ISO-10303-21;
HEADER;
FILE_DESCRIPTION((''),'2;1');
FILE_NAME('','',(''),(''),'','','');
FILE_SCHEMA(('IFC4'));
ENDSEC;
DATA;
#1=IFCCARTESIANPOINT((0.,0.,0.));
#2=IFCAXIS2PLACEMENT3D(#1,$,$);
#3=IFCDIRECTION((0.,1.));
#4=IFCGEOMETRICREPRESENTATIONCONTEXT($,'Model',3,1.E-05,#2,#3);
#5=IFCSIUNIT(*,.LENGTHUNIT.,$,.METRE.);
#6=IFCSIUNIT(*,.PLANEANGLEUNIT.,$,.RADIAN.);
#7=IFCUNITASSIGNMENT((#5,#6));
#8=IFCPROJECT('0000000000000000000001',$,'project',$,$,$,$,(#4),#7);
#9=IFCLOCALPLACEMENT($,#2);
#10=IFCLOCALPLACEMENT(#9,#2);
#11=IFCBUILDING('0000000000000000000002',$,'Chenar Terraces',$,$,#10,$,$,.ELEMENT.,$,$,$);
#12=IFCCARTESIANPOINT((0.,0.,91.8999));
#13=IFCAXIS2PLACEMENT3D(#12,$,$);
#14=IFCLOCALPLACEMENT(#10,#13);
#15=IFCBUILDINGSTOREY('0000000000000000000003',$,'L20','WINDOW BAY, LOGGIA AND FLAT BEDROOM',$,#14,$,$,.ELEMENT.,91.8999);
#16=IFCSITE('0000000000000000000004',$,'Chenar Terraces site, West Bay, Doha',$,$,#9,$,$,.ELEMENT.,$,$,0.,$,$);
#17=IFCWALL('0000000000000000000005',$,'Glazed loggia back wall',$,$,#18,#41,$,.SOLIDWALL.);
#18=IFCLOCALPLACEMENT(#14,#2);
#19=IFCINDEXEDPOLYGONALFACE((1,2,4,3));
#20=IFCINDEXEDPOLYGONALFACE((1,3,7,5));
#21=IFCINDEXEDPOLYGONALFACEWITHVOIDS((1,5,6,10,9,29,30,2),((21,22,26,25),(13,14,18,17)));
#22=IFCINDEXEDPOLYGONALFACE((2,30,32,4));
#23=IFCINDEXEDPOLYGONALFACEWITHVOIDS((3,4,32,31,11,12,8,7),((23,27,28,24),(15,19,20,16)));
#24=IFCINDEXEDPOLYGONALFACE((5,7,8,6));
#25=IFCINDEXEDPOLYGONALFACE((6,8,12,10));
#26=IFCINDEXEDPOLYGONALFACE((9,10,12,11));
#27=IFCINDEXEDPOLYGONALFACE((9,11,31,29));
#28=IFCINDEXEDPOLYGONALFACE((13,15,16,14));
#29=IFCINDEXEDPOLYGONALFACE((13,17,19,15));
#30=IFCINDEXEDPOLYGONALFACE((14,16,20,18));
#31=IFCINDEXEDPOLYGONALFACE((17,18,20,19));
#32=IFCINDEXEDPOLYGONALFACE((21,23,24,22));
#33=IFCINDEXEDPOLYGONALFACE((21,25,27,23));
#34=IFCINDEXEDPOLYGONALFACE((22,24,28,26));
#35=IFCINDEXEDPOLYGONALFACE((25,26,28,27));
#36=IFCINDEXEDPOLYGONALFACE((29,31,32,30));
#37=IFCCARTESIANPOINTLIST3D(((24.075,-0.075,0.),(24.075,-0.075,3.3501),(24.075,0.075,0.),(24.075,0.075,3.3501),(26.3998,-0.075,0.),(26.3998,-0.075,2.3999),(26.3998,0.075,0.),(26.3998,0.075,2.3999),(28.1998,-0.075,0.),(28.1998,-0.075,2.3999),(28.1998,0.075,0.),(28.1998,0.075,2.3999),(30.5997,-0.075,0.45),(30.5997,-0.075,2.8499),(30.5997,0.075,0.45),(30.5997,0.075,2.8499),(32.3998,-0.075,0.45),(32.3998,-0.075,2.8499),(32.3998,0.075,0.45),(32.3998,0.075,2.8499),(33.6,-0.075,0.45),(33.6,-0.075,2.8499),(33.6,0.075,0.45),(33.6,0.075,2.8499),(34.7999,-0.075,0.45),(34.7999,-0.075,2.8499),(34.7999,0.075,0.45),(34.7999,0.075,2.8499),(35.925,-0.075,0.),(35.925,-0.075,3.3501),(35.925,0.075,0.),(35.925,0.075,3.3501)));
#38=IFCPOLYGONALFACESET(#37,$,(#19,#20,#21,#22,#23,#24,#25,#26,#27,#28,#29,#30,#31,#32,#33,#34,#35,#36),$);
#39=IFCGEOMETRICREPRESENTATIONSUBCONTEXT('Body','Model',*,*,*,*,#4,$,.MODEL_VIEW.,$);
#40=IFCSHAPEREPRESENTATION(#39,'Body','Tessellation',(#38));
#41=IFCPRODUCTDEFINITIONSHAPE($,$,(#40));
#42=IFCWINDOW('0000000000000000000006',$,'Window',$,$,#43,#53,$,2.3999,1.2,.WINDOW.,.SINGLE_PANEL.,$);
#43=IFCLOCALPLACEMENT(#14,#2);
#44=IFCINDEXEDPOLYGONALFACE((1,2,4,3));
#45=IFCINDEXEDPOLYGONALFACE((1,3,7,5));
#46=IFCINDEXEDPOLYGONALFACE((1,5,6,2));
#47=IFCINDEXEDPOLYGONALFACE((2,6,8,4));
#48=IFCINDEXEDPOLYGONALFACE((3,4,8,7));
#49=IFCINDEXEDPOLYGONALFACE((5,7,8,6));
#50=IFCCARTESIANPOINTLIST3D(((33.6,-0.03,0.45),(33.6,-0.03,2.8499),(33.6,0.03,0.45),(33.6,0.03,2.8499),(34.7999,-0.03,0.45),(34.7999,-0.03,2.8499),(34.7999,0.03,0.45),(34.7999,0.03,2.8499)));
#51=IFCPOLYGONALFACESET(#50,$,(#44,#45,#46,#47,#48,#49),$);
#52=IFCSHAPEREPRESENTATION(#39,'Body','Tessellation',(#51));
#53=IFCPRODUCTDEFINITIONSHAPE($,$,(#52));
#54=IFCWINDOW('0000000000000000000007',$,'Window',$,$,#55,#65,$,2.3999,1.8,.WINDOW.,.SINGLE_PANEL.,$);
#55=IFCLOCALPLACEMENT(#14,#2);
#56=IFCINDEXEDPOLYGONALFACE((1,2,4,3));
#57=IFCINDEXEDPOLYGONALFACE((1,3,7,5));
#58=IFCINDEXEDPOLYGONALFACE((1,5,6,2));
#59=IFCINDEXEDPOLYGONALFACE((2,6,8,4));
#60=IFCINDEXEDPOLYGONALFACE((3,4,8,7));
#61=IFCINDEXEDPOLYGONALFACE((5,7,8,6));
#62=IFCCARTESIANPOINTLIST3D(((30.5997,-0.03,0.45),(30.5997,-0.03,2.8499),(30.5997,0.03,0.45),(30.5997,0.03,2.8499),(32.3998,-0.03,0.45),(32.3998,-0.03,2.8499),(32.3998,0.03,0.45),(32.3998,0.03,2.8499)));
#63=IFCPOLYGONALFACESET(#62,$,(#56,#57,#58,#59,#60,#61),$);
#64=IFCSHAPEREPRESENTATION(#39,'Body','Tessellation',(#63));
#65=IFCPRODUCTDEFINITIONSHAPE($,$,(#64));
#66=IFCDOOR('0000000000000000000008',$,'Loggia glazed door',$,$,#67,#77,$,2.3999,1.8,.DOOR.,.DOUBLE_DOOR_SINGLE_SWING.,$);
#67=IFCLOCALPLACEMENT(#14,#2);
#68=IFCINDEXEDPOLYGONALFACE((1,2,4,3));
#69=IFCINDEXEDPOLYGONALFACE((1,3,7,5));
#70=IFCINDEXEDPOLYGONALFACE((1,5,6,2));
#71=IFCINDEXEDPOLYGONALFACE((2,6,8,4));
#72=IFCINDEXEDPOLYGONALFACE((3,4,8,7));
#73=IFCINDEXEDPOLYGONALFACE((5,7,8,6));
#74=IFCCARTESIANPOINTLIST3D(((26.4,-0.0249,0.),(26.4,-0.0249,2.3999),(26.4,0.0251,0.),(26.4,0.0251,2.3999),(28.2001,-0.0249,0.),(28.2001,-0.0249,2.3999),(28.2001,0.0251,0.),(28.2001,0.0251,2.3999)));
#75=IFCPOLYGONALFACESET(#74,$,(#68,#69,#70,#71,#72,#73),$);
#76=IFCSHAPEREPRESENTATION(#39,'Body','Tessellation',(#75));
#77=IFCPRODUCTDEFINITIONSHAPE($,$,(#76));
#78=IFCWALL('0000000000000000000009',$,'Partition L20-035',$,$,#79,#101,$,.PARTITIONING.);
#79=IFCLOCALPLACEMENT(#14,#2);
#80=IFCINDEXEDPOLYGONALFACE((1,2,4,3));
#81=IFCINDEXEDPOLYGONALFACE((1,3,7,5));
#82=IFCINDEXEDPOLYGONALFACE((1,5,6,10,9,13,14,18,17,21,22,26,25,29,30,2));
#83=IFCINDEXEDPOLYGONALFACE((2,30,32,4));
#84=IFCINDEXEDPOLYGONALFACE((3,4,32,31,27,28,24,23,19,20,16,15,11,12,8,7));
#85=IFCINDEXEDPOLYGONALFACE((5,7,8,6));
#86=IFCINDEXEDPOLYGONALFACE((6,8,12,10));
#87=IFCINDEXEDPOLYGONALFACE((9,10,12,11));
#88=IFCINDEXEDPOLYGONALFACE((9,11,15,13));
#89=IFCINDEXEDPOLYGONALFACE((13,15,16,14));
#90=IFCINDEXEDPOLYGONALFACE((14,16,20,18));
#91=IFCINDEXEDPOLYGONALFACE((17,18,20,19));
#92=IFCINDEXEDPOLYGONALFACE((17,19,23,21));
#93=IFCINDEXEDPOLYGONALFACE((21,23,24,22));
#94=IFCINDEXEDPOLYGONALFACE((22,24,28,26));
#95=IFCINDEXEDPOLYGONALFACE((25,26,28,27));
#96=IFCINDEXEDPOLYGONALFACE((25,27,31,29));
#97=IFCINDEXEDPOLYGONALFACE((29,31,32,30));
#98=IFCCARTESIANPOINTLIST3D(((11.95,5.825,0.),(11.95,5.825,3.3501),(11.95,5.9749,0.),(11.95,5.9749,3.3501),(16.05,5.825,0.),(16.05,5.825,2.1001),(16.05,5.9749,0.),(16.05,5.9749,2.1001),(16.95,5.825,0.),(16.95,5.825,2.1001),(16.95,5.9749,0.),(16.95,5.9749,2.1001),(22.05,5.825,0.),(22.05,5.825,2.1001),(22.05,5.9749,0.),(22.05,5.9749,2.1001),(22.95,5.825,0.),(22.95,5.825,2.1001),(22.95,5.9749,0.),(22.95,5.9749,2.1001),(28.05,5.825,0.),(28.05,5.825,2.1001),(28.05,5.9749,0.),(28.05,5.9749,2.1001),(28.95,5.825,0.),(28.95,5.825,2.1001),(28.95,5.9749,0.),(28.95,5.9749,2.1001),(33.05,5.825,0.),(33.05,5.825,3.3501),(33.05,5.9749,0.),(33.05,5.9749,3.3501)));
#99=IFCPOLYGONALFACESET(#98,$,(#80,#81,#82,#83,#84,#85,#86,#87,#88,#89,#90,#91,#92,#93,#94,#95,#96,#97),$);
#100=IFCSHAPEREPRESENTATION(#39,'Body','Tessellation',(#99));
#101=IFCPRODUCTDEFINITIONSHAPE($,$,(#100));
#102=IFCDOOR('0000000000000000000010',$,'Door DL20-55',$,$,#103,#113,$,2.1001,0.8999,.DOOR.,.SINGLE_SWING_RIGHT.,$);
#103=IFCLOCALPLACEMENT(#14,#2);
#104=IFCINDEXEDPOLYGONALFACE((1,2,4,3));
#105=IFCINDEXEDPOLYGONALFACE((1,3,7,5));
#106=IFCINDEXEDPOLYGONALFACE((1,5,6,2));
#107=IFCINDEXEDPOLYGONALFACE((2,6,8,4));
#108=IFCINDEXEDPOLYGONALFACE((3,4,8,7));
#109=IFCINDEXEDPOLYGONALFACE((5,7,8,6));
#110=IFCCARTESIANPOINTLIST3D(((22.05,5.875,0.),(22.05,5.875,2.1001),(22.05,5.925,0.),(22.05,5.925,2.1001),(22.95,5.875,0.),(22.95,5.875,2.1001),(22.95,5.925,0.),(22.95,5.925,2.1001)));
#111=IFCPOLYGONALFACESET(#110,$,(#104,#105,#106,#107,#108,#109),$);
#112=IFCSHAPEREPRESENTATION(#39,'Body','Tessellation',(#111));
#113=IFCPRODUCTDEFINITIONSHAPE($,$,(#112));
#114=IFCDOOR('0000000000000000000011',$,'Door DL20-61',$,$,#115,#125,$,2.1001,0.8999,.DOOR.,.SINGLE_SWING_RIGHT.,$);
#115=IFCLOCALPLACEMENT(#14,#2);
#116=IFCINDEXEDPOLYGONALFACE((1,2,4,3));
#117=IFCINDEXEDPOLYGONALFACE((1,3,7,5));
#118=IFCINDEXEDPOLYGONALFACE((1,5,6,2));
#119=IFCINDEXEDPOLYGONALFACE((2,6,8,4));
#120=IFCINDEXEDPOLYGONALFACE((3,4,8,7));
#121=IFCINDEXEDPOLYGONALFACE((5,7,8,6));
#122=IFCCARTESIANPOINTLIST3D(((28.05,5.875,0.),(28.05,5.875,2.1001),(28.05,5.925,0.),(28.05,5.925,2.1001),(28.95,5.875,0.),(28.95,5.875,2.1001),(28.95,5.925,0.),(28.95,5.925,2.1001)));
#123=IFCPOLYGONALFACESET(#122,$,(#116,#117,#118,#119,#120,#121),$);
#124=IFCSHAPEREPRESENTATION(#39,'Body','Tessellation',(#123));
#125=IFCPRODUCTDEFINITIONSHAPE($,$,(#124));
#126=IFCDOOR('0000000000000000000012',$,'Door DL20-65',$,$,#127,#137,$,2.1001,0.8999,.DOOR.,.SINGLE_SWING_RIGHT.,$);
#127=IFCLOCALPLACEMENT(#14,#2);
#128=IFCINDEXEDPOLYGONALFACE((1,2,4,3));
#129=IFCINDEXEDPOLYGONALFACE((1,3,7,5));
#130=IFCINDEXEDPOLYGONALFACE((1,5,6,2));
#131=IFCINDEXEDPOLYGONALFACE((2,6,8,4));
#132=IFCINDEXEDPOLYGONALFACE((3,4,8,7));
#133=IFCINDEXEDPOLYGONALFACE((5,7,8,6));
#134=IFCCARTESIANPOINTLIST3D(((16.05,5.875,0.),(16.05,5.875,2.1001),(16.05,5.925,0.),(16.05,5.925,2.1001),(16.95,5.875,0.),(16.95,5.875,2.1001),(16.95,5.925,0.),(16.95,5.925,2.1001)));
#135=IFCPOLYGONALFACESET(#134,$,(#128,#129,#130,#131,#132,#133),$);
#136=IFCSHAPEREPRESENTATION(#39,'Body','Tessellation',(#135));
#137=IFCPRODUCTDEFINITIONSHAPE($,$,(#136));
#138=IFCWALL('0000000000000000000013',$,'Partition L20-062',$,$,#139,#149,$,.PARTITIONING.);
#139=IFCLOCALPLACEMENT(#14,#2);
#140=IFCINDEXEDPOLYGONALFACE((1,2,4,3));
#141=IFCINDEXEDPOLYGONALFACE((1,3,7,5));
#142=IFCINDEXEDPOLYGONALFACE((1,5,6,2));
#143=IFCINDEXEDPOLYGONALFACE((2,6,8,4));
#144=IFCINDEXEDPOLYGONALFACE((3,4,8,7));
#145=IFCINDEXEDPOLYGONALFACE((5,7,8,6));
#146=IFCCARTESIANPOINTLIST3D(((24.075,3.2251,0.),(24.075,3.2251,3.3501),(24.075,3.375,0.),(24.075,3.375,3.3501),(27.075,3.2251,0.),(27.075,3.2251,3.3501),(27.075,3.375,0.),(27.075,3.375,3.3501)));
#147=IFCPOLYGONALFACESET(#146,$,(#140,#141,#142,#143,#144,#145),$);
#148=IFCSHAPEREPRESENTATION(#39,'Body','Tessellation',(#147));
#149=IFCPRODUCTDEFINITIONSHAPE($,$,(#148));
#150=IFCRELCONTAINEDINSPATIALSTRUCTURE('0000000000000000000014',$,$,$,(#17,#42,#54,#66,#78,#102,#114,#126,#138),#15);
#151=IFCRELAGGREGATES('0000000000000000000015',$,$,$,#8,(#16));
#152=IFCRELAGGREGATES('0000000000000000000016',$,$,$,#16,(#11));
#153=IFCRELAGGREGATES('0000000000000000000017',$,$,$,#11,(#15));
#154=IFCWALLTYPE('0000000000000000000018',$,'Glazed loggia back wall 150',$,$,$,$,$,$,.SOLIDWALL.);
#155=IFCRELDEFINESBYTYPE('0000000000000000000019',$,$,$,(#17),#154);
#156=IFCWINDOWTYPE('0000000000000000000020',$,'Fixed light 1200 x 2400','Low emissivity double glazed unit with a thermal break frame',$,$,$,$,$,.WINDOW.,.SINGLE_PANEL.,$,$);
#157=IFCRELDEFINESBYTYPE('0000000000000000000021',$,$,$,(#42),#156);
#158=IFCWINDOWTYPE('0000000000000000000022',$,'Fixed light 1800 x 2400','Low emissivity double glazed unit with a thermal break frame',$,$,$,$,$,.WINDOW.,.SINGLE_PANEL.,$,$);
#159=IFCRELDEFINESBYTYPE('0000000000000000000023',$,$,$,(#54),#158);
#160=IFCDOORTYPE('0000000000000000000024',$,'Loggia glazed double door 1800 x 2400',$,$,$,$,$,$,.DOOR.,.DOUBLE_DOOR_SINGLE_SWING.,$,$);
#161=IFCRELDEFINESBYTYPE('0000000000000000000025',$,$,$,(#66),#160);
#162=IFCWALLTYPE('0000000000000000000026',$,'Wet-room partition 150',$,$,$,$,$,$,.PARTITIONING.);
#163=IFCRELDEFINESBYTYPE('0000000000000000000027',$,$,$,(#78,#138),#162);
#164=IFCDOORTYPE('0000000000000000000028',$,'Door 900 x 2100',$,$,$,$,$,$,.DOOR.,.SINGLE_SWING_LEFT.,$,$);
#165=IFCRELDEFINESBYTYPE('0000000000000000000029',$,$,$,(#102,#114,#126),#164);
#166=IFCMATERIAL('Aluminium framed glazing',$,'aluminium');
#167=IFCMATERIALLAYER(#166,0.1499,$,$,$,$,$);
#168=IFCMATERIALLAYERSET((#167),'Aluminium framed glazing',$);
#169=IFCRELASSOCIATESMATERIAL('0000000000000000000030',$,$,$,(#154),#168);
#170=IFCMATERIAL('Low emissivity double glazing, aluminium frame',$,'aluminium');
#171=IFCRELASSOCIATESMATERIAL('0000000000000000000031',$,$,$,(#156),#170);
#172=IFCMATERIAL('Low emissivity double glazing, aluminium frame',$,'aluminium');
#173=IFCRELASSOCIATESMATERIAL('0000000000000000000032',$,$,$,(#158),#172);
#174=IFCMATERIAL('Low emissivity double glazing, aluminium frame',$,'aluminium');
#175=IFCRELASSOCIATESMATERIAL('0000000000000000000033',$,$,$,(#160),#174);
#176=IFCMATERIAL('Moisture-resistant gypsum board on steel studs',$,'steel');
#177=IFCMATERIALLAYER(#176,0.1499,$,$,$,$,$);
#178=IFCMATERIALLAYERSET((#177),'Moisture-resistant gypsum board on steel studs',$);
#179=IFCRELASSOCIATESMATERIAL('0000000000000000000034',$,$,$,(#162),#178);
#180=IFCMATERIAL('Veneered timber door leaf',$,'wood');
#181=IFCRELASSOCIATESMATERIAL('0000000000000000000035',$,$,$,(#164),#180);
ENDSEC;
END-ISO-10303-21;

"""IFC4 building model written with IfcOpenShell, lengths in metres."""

from ifc_helpers import new_model, si_unit, direction, frame, frame_2d, origin, place, context, subcontext, project, spatial, rectangle, extrude, material, layer, layer_set, type_object, element, fill, save


model = new_model("IFC4")

# Units and contexts
model_context = context("Model", 3, precision=1e-05, world=origin(), true_north=direction((0.0, 1.0)))
body_context = subcontext(model_context, "Body", "Model", "MODEL_VIEW")
ifc_project = project(units=[si_unit("LENGTHUNIT", "METRE"), si_unit("PLANEANGLEUNIT", "RADIAN")], contexts=[model_context])

# Site, building, storey
site_placement = place(None, origin())
site = spatial("IfcSite", under=ifc_project, at=site_placement, Name="Chenar Terraces site, West Bay, Doha", CompositionType="ELEMENT", RefElevation=0.0)
building_placement = place(site_placement, origin())
building = spatial("IfcBuilding", under=site, at=building_placement, Name="Chenar Terraces", CompositionType="ELEMENT")
storey_placement = place(building_placement, frame((0.0, 0.0, 91.8999)))
storey = spatial("IfcBuildingStorey", under=building, at=storey_placement, Name="L20", Description="WINDOW BAY, LOGGIA AND FLAT BEDROOM", CompositionType="ELEMENT", Elevation=91.8999)

# Wall, openings, windows, door
ifc_material_1 = material(Name="Aluminium framed glazing", Category="aluminium")
ifc_layer_1 = layer(ifc_material_1, 0.1499)
ifc_layer_set_1 = layer_set([ifc_layer_1], Name="Aluminium framed glazing")
wall_type_1 = type_object("IfcWallType", Name="Glazed loggia back wall 150", PredefinedType="SOLIDWALL", material=ifc_layer_set_1)
wall_1_placement = place(storey_placement, frame((24.075, 0.0, 0.0), z_axis=(0.0, 0.0, 1.0), x_axis=(1.0, 0.0, 0.0)))
wall_1 = element("IfcWall", 1, at=wall_1_placement, inside=storey, type_object=wall_type_1, Name="Glazed loggia back wall", PredefinedType="SOLIDWALL", context=body_context, shape_type="SweptSolid", body=[
    extrude(rectangle(XDim=11.8501, YDim=0.1499, at=frame_2d((5.925, 0.0))), origin(), (0.0, 0.0, 1.0), 3.3501),
])
opening_1_placement = place(wall_1_placement, frame((2.325, 0.0, 0.0)))
opening_1 = element("IfcOpeningElement", 2, at=opening_1_placement, cuts=wall_1, PredefinedType="OPENING", context=body_context, shape_type="SweptSolid", body=[
    extrude(rectangle(XDim=1.8, YDim=2.3999, at=frame_2d((0.8999, 1.2))), frame((0.0, 0.085, 0.0), z_axis=(0.0, -1.0, 0.0), x_axis=(1.0, 0.0, 0.0)), (0.0, 0.0, 1.0), 0.1699),
])
opening_2_placement = place(wall_1_placement, frame((6.5249, 0.0, 0.45)))
opening_2 = element("IfcOpeningElement", 3, at=opening_2_placement, cuts=wall_1, PredefinedType="OPENING", context=body_context, shape_type="SweptSolid", body=[
    extrude(rectangle(XDim=1.8, YDim=2.3999, at=frame_2d((0.8999, 1.2))), frame((0.0, 0.085, 0.0), z_axis=(0.0, -1.0, 0.0), x_axis=(1.0, 0.0, 0.0)), (0.0, 0.0, 1.0), 0.1699),
])
opening_3_placement = place(wall_1_placement, frame((9.5249, 0.0, 0.45)))
opening_3 = element("IfcOpeningElement", 4, at=opening_3_placement, cuts=wall_1, PredefinedType="OPENING", context=body_context, shape_type="SweptSolid", body=[
    extrude(rectangle(XDim=1.2, YDim=2.3999, at=frame_2d((0.6001, 1.2))), frame((0.0, 0.085, 0.0), z_axis=(0.0, -1.0, 0.0), x_axis=(1.0, 0.0, 0.0)), (0.0, 0.0, 1.0), 0.1699),
])
ifc_material_2 = material(Name="Low emissivity double glazing, aluminium frame", Category="aluminium")
window_type_1 = type_object("IfcWindowType", Name="Fixed light 1200 x 2400", Description="Low emissivity double glazed unit with a thermal break frame", PartitioningType="SINGLE_PANEL", PredefinedType="WINDOW", material=ifc_material_2)
window_1_placement = place(opening_3_placement, origin())
window_1 = element("IfcWindow", 5, at=window_1_placement, inside=storey, type_object=window_type_1, Name="Window", OverallHeight=2.3999, OverallWidth=1.2, PartitioningType="SINGLE_PANEL", PredefinedType="WINDOW", context=body_context, shape_type="SweptSolid", body=[
    extrude(rectangle(XDim=1.2, YDim=2.3999, at=frame_2d((0.6001, 1.2))), frame((0.0, 0.03, 0.0), z_axis=(0.0, -1.0, 0.0), x_axis=(1.0, 0.0, 0.0)), (0.0, 0.0, 1.0), 0.0601),
])
fill(opening_3, window_1)
ifc_material_3 = material(Name="Low emissivity double glazing, aluminium frame", Category="aluminium")
window_type_2 = type_object("IfcWindowType", Name="Fixed light 1800 x 2400", Description="Low emissivity double glazed unit with a thermal break frame", PartitioningType="SINGLE_PANEL", PredefinedType="WINDOW", material=ifc_material_3)
window_2_placement = place(opening_2_placement, origin())
window_2 = element("IfcWindow", 6, at=window_2_placement, inside=storey, type_object=window_type_2, Name="Window", OverallHeight=2.3999, OverallWidth=1.8, PartitioningType="SINGLE_PANEL", PredefinedType="WINDOW", context=body_context, shape_type="SweptSolid", body=[
    extrude(rectangle(XDim=1.8, YDim=2.3999, at=frame_2d((0.8999, 1.2))), frame((0.0, 0.03, 0.0), z_axis=(0.0, -1.0, 0.0), x_axis=(1.0, 0.0, 0.0)), (0.0, 0.0, 1.0), 0.0601),
])
fill(opening_2, window_2)
ifc_material_4 = material(Name="Low emissivity double glazing, aluminium frame", Category="aluminium")
door_type_1 = type_object("IfcDoorType", Name="Loggia glazed double door 1800 x 2400", OperationType="DOUBLE_DOOR_SINGLE_SWING", PredefinedType="DOOR", material=ifc_material_4)
door_1_placement = place(opening_1_placement, frame((1.8, 0.0, 0.0), z_axis=(0.0, 0.0, 1.0), x_axis=(-1.0, 0.0, 0.0)))
door_1 = element("IfcDoor", 7, at=door_1_placement, inside=storey, type_object=door_type_1, Name="Loggia glazed door", OperationType="DOUBLE_DOOR_SINGLE_SWING", OverallHeight=2.3999, OverallWidth=1.8, PredefinedType="DOOR", context=body_context, shape_type="SweptSolid", body=[
    extrude(rectangle(XDim=1.8, YDim=2.3999, at=frame_2d((0.8999, 1.2))), frame((0.0, 0.0249, 0.0), z_axis=(0.0, -1.0, 0.0), x_axis=(1.0, 0.0, 0.0)), (0.0, 0.0, 1.0), 0.05),
])
fill(opening_1, door_1)

# Wall, openings, doors
ifc_material_5 = material(Name="Moisture-resistant gypsum board on steel studs", Category="steel")
ifc_layer_2 = layer(ifc_material_5, 0.1499)
ifc_layer_set_2 = layer_set([ifc_layer_2], Name="Moisture-resistant gypsum board on steel studs")
wall_type_2 = type_object("IfcWallType", Name="Wet-room partition 150", PredefinedType="PARTITIONING", material=ifc_layer_set_2)
wall_2_placement = place(storey_placement, frame((11.95, 5.8999, 0.0), z_axis=(0.0, 0.0, 1.0), x_axis=(1.0, 0.0, 0.0)))
wall_2 = element("IfcWall", 8, at=wall_2_placement, inside=storey, type_object=wall_type_2, Name="Partition L20-035", PredefinedType="PARTITIONING", context=body_context, shape_type="SweptSolid", body=[
    extrude(rectangle(XDim=21.1001, YDim=0.1499, at=frame_2d((10.55, 0.0))), origin(), (0.0, 0.0, 1.0), 3.3501),
])
opening_4_placement = place(wall_2_placement, frame((10.1001, 0.0, 0.0)))
opening_4 = element("IfcOpeningElement", 9, at=opening_4_placement, cuts=wall_2, PredefinedType="OPENING", context=body_context, shape_type="SweptSolid", body=[
    extrude(rectangle(XDim=0.8999, YDim=2.1001, at=frame_2d((0.45, 1.05))), frame((0.0, 0.085, 0.0), z_axis=(0.0, -1.0, 0.0), x_axis=(1.0, 0.0, 0.0)), (0.0, 0.0, 1.0), 0.1699),
])
opening_5_placement = place(wall_2_placement, frame((16.1001, 0.0, 0.0)))
opening_5 = element("IfcOpeningElement", 10, at=opening_5_placement, cuts=wall_2, PredefinedType="OPENING", context=body_context, shape_type="SweptSolid", body=[
    extrude(rectangle(XDim=0.8999, YDim=2.1001, at=frame_2d((0.45, 1.05))), frame((0.0, 0.085, 0.0), z_axis=(0.0, -1.0, 0.0), x_axis=(1.0, 0.0, 0.0)), (0.0, 0.0, 1.0), 0.1699),
])
opening_6_placement = place(wall_2_placement, frame((4.1001, 0.0, 0.0)))
opening_6 = element("IfcOpeningElement", 11, at=opening_6_placement, cuts=wall_2, PredefinedType="OPENING", context=body_context, shape_type="SweptSolid", body=[
    extrude(rectangle(XDim=0.8999, YDim=2.1001, at=frame_2d((0.45, 1.05))), frame((0.0, 0.085, 0.0), z_axis=(0.0, -1.0, 0.0), x_axis=(1.0, 0.0, 0.0)), (0.0, 0.0, 1.0), 0.1699),
])
ifc_material_6 = material(Name="Veneered timber door leaf", Category="wood")
door_type_2 = type_object("IfcDoorType", Name="Door 900 x 2100", OperationType="SINGLE_SWING_LEFT", PredefinedType="DOOR", material=ifc_material_6)
door_2_placement = place(opening_4_placement, frame((0.8999, 0.0, 0.0), z_axis=(0.0, 0.0, 1.0), x_axis=(-1.0, 0.0, 0.0)))
door_2 = element("IfcDoor", 12, at=door_2_placement, inside=storey, type_object=door_type_2, Name="Door DL20-55", OperationType="SINGLE_SWING_RIGHT", OverallHeight=2.1001, OverallWidth=0.8999, PredefinedType="DOOR", context=body_context, shape_type="SweptSolid", body=[
    extrude(rectangle(XDim=0.8999, YDim=2.1001, at=frame_2d((0.45, 1.05))), frame((0.0, 0.0249, 0.0), z_axis=(0.0, -1.0, 0.0), x_axis=(1.0, 0.0, 0.0)), (0.0, 0.0, 1.0), 0.05),
])
fill(opening_4, door_2)
door_3_placement = place(opening_5_placement, frame((0.8999, 0.0, 0.0), z_axis=(0.0, 0.0, 1.0), x_axis=(-1.0, 0.0, 0.0)))
door_3 = element("IfcDoor", 13, at=door_3_placement, inside=storey, type_object=door_type_2, Name="Door DL20-61", OperationType="SINGLE_SWING_RIGHT", OverallHeight=2.1001, OverallWidth=0.8999, PredefinedType="DOOR", context=body_context, shape_type="SweptSolid", body=[
    extrude(rectangle(XDim=0.8999, YDim=2.1001, at=frame_2d((0.45, 1.05))), frame((0.0, 0.0249, 0.0), z_axis=(0.0, -1.0, 0.0), x_axis=(1.0, 0.0, 0.0)), (0.0, 0.0, 1.0), 0.05),
])
fill(opening_5, door_3)
door_4_placement = place(opening_6_placement, frame((0.8999, 0.0, 0.0), z_axis=(0.0, 0.0, 1.0), x_axis=(-1.0, 0.0, 0.0)))
door_4 = element("IfcDoor", 14, at=door_4_placement, inside=storey, type_object=door_type_2, Name="Door DL20-65", OperationType="SINGLE_SWING_RIGHT", OverallHeight=2.1001, OverallWidth=0.8999, PredefinedType="DOOR", context=body_context, shape_type="SweptSolid", body=[
    extrude(rectangle(XDim=0.8999, YDim=2.1001, at=frame_2d((0.45, 1.05))), frame((0.0, 0.0249, 0.0), z_axis=(0.0, -1.0, 0.0), x_axis=(1.0, 0.0, 0.0)), (0.0, 0.0, 1.0), 0.05),
])
fill(opening_6, door_4)

# Wall
wall_3_placement = place(storey_placement, frame((24.075, 3.3, 0.0), z_axis=(0.0, 0.0, 1.0), x_axis=(1.0, 0.0, 0.0)))
element("IfcWall", 15, at=wall_3_placement, inside=storey, type_object=wall_type_2, Name="Partition L20-062", PredefinedType="PARTITIONING", context=body_context, shape_type="SweptSolid", body=[
    extrude(rectangle(XDim=3.0, YDim=0.1499, at=frame_2d((1.5, 0.0))), origin(), (0.0, 0.0, 1.0), 3.3501),
])

save(model, "model.ifc")
